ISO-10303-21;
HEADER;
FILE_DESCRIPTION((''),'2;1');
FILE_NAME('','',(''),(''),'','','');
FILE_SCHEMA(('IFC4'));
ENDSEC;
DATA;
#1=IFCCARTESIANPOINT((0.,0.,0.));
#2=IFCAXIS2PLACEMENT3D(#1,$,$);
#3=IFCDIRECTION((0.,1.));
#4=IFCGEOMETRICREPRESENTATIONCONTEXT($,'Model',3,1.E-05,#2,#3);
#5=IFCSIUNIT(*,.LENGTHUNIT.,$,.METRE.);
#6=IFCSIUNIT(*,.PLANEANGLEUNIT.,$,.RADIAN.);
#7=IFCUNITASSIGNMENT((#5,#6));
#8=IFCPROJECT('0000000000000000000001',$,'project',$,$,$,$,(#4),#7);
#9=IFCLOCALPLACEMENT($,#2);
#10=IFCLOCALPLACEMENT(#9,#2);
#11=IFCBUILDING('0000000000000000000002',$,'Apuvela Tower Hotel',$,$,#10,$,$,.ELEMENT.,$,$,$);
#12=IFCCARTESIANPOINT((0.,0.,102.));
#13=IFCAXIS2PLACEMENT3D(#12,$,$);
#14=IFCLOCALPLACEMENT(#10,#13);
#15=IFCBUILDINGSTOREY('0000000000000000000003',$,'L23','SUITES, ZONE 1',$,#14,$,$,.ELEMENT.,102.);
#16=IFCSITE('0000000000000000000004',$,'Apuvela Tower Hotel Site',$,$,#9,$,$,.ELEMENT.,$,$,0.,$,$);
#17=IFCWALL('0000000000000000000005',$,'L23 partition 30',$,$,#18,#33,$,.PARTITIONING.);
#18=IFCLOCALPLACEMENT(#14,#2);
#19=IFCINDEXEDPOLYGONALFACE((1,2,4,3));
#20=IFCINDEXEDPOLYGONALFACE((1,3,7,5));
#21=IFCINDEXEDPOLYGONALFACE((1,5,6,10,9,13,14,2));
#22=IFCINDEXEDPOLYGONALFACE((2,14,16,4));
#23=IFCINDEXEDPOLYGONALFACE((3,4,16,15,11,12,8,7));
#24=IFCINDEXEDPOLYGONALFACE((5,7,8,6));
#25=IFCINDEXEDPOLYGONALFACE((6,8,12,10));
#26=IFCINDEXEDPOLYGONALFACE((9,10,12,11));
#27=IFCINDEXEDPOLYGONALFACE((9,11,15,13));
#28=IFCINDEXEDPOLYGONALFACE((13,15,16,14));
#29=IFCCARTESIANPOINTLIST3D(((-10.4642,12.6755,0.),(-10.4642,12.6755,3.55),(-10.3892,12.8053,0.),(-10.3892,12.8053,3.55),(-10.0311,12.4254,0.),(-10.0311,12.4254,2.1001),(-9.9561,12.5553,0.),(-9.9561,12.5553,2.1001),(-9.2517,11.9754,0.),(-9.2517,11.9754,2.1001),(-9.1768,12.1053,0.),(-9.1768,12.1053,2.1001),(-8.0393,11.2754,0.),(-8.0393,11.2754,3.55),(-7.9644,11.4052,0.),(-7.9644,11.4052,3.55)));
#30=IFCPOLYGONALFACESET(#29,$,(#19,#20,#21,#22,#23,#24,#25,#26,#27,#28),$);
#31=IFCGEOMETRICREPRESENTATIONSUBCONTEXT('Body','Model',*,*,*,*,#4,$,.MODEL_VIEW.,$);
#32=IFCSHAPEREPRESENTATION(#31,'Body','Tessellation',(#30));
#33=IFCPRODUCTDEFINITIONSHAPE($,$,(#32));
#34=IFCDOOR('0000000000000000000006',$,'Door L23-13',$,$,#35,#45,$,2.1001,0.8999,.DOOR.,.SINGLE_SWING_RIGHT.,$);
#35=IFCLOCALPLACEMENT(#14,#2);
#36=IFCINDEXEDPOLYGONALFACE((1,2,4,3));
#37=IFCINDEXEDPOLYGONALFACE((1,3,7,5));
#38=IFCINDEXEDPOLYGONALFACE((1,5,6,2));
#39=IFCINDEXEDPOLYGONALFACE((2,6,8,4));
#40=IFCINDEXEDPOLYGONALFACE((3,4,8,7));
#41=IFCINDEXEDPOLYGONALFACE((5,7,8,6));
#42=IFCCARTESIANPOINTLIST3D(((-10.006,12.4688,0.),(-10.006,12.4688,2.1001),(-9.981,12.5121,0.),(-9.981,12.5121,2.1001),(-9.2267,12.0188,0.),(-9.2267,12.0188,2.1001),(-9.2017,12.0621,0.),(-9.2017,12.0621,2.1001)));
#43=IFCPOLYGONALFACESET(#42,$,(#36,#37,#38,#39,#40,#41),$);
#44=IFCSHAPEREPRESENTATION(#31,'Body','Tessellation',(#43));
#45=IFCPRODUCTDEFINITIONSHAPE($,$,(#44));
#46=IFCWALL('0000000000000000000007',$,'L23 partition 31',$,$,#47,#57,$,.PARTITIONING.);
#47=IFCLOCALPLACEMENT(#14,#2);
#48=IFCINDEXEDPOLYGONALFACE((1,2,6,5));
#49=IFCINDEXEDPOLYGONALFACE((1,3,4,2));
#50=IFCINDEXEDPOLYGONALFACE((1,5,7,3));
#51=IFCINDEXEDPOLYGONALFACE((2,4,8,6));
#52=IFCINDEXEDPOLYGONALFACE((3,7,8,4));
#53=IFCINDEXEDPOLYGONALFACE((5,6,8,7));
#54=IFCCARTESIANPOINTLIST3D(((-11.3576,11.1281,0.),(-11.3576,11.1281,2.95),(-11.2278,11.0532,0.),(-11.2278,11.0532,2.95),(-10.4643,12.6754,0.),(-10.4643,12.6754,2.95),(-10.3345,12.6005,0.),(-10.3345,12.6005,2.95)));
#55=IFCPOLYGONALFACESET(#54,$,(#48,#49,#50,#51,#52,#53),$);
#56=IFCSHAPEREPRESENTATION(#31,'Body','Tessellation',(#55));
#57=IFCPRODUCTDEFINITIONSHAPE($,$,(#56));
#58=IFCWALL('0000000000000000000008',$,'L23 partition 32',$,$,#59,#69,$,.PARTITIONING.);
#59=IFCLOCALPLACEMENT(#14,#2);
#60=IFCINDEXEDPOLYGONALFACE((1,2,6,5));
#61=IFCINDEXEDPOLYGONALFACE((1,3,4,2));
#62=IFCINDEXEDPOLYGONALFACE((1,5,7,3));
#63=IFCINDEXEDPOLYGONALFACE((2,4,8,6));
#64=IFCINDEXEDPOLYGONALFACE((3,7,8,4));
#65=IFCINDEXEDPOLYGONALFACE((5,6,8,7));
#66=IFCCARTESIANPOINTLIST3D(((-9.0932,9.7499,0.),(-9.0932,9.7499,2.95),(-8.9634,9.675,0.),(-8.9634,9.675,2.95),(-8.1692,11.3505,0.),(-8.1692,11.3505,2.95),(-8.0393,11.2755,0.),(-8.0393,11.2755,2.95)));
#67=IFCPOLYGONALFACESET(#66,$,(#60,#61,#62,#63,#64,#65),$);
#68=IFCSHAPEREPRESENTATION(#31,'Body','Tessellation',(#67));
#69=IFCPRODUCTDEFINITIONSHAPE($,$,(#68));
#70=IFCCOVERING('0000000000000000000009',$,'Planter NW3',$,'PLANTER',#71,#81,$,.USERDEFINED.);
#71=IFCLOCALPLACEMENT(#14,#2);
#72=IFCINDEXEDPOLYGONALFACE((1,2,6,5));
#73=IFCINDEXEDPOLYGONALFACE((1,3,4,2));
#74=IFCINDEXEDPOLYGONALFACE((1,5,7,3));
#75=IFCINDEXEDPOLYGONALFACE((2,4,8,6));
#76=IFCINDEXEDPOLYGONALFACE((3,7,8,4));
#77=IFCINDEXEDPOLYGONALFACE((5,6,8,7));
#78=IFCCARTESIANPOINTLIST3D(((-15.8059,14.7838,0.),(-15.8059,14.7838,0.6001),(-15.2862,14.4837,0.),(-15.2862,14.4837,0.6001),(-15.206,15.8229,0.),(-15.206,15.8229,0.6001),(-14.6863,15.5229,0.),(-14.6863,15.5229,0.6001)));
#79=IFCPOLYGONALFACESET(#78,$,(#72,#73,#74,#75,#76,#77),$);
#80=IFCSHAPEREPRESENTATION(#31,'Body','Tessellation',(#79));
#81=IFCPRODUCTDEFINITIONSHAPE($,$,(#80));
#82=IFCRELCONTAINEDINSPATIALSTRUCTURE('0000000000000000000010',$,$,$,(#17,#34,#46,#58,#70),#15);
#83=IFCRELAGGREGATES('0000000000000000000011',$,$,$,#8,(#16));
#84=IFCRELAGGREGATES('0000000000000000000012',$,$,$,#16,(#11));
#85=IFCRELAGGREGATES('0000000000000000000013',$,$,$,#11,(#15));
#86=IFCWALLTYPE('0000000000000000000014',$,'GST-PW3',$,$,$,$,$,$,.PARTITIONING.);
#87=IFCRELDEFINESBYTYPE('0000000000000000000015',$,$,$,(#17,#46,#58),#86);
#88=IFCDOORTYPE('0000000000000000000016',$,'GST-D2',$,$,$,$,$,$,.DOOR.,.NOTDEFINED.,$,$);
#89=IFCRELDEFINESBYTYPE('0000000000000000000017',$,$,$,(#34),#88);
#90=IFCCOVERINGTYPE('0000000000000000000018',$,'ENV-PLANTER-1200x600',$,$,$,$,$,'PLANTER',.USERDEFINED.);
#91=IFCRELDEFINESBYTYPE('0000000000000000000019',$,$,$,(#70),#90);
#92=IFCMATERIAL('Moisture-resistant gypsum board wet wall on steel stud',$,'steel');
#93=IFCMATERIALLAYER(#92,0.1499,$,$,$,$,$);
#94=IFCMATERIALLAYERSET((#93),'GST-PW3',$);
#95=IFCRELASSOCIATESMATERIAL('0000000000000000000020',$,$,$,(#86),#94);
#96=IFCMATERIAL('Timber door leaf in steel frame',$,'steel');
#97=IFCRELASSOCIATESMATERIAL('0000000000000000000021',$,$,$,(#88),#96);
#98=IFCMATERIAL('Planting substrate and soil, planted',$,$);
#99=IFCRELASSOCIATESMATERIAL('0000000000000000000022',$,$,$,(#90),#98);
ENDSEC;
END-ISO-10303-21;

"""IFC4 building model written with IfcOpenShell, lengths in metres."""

from ifc_helpers import new_model, si_unit, direction, frame, frame_2d, origin, origin_2d, place, context, subcontext, project, spatial, rectangle, extrude, material, layer, layer_set, type_object, element, fill, save


model = new_model("IFC4")

# Units and contexts
model_context = context("Model", 3, precision=1e-05, world=origin(), true_north=direction((0.0, 1.0)))
body_context = subcontext(model_context, "Body", "Model", "MODEL_VIEW")
ifc_project = project(units=[si_unit("LENGTHUNIT", "METRE"), si_unit("PLANEANGLEUNIT", "RADIAN")], contexts=[model_context])

# Site, building, storey
site_placement = place(None, origin())
site = spatial("IfcSite", under=ifc_project, at=site_placement, Name="Apuvela Tower Hotel Site", CompositionType="ELEMENT", RefElevation=0.0)
building_placement = place(site_placement, origin())
building = spatial("IfcBuilding", under=site, at=building_placement, Name="Apuvela Tower Hotel", CompositionType="ELEMENT")
storey_placement = place(building_placement, frame((0.0, 0.0, 102.0)))
storey = spatial("IfcBuildingStorey", under=building, at=storey_placement, Name="L23", Description="SUITES, ZONE 1", CompositionType="ELEMENT", Elevation=102.0)

# Wall, opening, door
ifc_material_1 = material(Name="Moisture-resistant gypsum board wet wall on steel stud", Category="steel")
ifc_layer_1 = layer(ifc_material_1, 0.1499)
ifc_layer_set_1 = layer_set([ifc_layer_1], Name="GST-PW3")
wall_type_1 = type_object("IfcWallType", Name="GST-PW3", PredefinedType="PARTITIONING", material=ifc_layer_set_1)
wall_1_placement = place(storey_placement, frame((-8.002, 11.3403, 0.0), z_axis=(0.0, 0.0, 1.0), x_axis=(-0.865997, 0.50005, 0.0)))
wall_1 = element("IfcWall", 1, at=wall_1_placement, inside=storey, type_object=wall_type_1, Name="L23 partition 30", PredefinedType="PARTITIONING", context=body_context, shape_type="SweptSolid", body=[
    extrude(rectangle(XDim=2.8, YDim=0.1499, at=frame_2d((1.3999, 0.0))), origin(), (0.0, 0.0, 1.0), 3.55),
])
opening_1_placement = place(wall_1_placement, frame((1.3999, 0.0, 0.0)))
opening_1 = element("IfcOpeningElement", 2, at=opening_1_placement, cuts=wall_1, PredefinedType="OPENING", context=body_context, shape_type="SweptSolid", body=[
    extrude(rectangle(XDim=0.8999, YDim=2.1001, at=frame_2d((0.45, 1.05))), frame((0.0, 0.085, 0.0), z_axis=(0.0, -1.0, 0.0), x_axis=(1.0, 0.0, 0.0)), (0.0, 0.0, 1.0), 0.1699),
])
ifc_material_2 = material(Name="Timber door leaf in steel frame", Category="steel")
door_type_1 = type_object("IfcDoorType", Name="GST-D2", OperationType="NOTDEFINED", PredefinedType="DOOR", material=ifc_material_2)
door_1_placement = place(opening_1_placement, origin())
door_1 = element("IfcDoor", 3, at=door_1_placement, inside=storey, type_object=door_type_1, Name="Door L23-13", OperationType="SINGLE_SWING_RIGHT", OverallHeight=2.1001, OverallWidth=0.8999, PredefinedType="DOOR", context=body_context, shape_type="SweptSolid", body=[
    extrude(rectangle(XDim=0.8999, YDim=2.1001, at=frame_2d((0.45, 1.05))), frame((0.0, 0.0249, 0.0), z_axis=(0.0, -1.0, 0.0), x_axis=(1.0, 0.0, 0.0)), (0.0, 0.0, 1.0), 0.05),
])
fill(opening_1, door_1)

# Walls
wall_2_placement = place(storey_placement, frame((-10.3994, 12.6379, 0.0), z_axis=(0.0, 0.0, 1.0), x_axis=(-0.499975, -0.86604, 0.0)))
element("IfcWall", 4, at=wall_2_placement, inside=storey, type_object=wall_type_1, Name="L23 partition 31", PredefinedType="PARTITIONING", context=body_context, shape_type="SweptSolid", body=[
    extrude(rectangle(XDim=1.7866, YDim=0.1499, at=frame_2d((0.8933, 0.0))), origin(), (0.0, 0.0, 1.0), 2.95),
])
wall_3_placement = place(storey_placement, frame((-8.1042, 11.313, 0.0), z_axis=(0.0, 0.0, 1.0), x_axis=(-0.499989, -0.866032, 0.0)))
element("IfcWall", 5, at=wall_3_placement, inside=storey, type_object=wall_type_1, Name="L23 partition 32", PredefinedType="PARTITIONING", context=body_context, shape_type="SweptSolid", body=[
    extrude(rectangle(XDim=1.8481, YDim=0.1499, at=frame_2d((0.9241, 0.0))), origin(), (0.0, 0.0, 1.0), 2.95),
])

# Covering
ifc_material_3 = material(Name="Planting substrate and soil, planted")
covering_type = type_object("IfcCoveringType", Name="ENV-PLANTER-1200x600", ElementType="PLANTER", PredefinedType="USERDEFINED", material=ifc_material_3)
covering_placement = place(storey_placement, frame((-15.2461, 15.1533, 0.0), z_axis=(0.0, 0.0, 1.0), x_axis=(-0.5, -0.866025, 0.0)))
element("IfcCovering", 6, at=covering_placement, inside=storey, type_object=covering_type, Name="Planter NW3", ObjectType="PLANTER", PredefinedType="USERDEFINED", context=body_context, shape_type="SweptSolid", body=[
    extrude(rectangle(XDim=1.2, YDim=0.6001, at=origin_2d()), origin(), (0.0, 0.0, 1.0), 0.6001),
])

save(model, "model.ifc")
